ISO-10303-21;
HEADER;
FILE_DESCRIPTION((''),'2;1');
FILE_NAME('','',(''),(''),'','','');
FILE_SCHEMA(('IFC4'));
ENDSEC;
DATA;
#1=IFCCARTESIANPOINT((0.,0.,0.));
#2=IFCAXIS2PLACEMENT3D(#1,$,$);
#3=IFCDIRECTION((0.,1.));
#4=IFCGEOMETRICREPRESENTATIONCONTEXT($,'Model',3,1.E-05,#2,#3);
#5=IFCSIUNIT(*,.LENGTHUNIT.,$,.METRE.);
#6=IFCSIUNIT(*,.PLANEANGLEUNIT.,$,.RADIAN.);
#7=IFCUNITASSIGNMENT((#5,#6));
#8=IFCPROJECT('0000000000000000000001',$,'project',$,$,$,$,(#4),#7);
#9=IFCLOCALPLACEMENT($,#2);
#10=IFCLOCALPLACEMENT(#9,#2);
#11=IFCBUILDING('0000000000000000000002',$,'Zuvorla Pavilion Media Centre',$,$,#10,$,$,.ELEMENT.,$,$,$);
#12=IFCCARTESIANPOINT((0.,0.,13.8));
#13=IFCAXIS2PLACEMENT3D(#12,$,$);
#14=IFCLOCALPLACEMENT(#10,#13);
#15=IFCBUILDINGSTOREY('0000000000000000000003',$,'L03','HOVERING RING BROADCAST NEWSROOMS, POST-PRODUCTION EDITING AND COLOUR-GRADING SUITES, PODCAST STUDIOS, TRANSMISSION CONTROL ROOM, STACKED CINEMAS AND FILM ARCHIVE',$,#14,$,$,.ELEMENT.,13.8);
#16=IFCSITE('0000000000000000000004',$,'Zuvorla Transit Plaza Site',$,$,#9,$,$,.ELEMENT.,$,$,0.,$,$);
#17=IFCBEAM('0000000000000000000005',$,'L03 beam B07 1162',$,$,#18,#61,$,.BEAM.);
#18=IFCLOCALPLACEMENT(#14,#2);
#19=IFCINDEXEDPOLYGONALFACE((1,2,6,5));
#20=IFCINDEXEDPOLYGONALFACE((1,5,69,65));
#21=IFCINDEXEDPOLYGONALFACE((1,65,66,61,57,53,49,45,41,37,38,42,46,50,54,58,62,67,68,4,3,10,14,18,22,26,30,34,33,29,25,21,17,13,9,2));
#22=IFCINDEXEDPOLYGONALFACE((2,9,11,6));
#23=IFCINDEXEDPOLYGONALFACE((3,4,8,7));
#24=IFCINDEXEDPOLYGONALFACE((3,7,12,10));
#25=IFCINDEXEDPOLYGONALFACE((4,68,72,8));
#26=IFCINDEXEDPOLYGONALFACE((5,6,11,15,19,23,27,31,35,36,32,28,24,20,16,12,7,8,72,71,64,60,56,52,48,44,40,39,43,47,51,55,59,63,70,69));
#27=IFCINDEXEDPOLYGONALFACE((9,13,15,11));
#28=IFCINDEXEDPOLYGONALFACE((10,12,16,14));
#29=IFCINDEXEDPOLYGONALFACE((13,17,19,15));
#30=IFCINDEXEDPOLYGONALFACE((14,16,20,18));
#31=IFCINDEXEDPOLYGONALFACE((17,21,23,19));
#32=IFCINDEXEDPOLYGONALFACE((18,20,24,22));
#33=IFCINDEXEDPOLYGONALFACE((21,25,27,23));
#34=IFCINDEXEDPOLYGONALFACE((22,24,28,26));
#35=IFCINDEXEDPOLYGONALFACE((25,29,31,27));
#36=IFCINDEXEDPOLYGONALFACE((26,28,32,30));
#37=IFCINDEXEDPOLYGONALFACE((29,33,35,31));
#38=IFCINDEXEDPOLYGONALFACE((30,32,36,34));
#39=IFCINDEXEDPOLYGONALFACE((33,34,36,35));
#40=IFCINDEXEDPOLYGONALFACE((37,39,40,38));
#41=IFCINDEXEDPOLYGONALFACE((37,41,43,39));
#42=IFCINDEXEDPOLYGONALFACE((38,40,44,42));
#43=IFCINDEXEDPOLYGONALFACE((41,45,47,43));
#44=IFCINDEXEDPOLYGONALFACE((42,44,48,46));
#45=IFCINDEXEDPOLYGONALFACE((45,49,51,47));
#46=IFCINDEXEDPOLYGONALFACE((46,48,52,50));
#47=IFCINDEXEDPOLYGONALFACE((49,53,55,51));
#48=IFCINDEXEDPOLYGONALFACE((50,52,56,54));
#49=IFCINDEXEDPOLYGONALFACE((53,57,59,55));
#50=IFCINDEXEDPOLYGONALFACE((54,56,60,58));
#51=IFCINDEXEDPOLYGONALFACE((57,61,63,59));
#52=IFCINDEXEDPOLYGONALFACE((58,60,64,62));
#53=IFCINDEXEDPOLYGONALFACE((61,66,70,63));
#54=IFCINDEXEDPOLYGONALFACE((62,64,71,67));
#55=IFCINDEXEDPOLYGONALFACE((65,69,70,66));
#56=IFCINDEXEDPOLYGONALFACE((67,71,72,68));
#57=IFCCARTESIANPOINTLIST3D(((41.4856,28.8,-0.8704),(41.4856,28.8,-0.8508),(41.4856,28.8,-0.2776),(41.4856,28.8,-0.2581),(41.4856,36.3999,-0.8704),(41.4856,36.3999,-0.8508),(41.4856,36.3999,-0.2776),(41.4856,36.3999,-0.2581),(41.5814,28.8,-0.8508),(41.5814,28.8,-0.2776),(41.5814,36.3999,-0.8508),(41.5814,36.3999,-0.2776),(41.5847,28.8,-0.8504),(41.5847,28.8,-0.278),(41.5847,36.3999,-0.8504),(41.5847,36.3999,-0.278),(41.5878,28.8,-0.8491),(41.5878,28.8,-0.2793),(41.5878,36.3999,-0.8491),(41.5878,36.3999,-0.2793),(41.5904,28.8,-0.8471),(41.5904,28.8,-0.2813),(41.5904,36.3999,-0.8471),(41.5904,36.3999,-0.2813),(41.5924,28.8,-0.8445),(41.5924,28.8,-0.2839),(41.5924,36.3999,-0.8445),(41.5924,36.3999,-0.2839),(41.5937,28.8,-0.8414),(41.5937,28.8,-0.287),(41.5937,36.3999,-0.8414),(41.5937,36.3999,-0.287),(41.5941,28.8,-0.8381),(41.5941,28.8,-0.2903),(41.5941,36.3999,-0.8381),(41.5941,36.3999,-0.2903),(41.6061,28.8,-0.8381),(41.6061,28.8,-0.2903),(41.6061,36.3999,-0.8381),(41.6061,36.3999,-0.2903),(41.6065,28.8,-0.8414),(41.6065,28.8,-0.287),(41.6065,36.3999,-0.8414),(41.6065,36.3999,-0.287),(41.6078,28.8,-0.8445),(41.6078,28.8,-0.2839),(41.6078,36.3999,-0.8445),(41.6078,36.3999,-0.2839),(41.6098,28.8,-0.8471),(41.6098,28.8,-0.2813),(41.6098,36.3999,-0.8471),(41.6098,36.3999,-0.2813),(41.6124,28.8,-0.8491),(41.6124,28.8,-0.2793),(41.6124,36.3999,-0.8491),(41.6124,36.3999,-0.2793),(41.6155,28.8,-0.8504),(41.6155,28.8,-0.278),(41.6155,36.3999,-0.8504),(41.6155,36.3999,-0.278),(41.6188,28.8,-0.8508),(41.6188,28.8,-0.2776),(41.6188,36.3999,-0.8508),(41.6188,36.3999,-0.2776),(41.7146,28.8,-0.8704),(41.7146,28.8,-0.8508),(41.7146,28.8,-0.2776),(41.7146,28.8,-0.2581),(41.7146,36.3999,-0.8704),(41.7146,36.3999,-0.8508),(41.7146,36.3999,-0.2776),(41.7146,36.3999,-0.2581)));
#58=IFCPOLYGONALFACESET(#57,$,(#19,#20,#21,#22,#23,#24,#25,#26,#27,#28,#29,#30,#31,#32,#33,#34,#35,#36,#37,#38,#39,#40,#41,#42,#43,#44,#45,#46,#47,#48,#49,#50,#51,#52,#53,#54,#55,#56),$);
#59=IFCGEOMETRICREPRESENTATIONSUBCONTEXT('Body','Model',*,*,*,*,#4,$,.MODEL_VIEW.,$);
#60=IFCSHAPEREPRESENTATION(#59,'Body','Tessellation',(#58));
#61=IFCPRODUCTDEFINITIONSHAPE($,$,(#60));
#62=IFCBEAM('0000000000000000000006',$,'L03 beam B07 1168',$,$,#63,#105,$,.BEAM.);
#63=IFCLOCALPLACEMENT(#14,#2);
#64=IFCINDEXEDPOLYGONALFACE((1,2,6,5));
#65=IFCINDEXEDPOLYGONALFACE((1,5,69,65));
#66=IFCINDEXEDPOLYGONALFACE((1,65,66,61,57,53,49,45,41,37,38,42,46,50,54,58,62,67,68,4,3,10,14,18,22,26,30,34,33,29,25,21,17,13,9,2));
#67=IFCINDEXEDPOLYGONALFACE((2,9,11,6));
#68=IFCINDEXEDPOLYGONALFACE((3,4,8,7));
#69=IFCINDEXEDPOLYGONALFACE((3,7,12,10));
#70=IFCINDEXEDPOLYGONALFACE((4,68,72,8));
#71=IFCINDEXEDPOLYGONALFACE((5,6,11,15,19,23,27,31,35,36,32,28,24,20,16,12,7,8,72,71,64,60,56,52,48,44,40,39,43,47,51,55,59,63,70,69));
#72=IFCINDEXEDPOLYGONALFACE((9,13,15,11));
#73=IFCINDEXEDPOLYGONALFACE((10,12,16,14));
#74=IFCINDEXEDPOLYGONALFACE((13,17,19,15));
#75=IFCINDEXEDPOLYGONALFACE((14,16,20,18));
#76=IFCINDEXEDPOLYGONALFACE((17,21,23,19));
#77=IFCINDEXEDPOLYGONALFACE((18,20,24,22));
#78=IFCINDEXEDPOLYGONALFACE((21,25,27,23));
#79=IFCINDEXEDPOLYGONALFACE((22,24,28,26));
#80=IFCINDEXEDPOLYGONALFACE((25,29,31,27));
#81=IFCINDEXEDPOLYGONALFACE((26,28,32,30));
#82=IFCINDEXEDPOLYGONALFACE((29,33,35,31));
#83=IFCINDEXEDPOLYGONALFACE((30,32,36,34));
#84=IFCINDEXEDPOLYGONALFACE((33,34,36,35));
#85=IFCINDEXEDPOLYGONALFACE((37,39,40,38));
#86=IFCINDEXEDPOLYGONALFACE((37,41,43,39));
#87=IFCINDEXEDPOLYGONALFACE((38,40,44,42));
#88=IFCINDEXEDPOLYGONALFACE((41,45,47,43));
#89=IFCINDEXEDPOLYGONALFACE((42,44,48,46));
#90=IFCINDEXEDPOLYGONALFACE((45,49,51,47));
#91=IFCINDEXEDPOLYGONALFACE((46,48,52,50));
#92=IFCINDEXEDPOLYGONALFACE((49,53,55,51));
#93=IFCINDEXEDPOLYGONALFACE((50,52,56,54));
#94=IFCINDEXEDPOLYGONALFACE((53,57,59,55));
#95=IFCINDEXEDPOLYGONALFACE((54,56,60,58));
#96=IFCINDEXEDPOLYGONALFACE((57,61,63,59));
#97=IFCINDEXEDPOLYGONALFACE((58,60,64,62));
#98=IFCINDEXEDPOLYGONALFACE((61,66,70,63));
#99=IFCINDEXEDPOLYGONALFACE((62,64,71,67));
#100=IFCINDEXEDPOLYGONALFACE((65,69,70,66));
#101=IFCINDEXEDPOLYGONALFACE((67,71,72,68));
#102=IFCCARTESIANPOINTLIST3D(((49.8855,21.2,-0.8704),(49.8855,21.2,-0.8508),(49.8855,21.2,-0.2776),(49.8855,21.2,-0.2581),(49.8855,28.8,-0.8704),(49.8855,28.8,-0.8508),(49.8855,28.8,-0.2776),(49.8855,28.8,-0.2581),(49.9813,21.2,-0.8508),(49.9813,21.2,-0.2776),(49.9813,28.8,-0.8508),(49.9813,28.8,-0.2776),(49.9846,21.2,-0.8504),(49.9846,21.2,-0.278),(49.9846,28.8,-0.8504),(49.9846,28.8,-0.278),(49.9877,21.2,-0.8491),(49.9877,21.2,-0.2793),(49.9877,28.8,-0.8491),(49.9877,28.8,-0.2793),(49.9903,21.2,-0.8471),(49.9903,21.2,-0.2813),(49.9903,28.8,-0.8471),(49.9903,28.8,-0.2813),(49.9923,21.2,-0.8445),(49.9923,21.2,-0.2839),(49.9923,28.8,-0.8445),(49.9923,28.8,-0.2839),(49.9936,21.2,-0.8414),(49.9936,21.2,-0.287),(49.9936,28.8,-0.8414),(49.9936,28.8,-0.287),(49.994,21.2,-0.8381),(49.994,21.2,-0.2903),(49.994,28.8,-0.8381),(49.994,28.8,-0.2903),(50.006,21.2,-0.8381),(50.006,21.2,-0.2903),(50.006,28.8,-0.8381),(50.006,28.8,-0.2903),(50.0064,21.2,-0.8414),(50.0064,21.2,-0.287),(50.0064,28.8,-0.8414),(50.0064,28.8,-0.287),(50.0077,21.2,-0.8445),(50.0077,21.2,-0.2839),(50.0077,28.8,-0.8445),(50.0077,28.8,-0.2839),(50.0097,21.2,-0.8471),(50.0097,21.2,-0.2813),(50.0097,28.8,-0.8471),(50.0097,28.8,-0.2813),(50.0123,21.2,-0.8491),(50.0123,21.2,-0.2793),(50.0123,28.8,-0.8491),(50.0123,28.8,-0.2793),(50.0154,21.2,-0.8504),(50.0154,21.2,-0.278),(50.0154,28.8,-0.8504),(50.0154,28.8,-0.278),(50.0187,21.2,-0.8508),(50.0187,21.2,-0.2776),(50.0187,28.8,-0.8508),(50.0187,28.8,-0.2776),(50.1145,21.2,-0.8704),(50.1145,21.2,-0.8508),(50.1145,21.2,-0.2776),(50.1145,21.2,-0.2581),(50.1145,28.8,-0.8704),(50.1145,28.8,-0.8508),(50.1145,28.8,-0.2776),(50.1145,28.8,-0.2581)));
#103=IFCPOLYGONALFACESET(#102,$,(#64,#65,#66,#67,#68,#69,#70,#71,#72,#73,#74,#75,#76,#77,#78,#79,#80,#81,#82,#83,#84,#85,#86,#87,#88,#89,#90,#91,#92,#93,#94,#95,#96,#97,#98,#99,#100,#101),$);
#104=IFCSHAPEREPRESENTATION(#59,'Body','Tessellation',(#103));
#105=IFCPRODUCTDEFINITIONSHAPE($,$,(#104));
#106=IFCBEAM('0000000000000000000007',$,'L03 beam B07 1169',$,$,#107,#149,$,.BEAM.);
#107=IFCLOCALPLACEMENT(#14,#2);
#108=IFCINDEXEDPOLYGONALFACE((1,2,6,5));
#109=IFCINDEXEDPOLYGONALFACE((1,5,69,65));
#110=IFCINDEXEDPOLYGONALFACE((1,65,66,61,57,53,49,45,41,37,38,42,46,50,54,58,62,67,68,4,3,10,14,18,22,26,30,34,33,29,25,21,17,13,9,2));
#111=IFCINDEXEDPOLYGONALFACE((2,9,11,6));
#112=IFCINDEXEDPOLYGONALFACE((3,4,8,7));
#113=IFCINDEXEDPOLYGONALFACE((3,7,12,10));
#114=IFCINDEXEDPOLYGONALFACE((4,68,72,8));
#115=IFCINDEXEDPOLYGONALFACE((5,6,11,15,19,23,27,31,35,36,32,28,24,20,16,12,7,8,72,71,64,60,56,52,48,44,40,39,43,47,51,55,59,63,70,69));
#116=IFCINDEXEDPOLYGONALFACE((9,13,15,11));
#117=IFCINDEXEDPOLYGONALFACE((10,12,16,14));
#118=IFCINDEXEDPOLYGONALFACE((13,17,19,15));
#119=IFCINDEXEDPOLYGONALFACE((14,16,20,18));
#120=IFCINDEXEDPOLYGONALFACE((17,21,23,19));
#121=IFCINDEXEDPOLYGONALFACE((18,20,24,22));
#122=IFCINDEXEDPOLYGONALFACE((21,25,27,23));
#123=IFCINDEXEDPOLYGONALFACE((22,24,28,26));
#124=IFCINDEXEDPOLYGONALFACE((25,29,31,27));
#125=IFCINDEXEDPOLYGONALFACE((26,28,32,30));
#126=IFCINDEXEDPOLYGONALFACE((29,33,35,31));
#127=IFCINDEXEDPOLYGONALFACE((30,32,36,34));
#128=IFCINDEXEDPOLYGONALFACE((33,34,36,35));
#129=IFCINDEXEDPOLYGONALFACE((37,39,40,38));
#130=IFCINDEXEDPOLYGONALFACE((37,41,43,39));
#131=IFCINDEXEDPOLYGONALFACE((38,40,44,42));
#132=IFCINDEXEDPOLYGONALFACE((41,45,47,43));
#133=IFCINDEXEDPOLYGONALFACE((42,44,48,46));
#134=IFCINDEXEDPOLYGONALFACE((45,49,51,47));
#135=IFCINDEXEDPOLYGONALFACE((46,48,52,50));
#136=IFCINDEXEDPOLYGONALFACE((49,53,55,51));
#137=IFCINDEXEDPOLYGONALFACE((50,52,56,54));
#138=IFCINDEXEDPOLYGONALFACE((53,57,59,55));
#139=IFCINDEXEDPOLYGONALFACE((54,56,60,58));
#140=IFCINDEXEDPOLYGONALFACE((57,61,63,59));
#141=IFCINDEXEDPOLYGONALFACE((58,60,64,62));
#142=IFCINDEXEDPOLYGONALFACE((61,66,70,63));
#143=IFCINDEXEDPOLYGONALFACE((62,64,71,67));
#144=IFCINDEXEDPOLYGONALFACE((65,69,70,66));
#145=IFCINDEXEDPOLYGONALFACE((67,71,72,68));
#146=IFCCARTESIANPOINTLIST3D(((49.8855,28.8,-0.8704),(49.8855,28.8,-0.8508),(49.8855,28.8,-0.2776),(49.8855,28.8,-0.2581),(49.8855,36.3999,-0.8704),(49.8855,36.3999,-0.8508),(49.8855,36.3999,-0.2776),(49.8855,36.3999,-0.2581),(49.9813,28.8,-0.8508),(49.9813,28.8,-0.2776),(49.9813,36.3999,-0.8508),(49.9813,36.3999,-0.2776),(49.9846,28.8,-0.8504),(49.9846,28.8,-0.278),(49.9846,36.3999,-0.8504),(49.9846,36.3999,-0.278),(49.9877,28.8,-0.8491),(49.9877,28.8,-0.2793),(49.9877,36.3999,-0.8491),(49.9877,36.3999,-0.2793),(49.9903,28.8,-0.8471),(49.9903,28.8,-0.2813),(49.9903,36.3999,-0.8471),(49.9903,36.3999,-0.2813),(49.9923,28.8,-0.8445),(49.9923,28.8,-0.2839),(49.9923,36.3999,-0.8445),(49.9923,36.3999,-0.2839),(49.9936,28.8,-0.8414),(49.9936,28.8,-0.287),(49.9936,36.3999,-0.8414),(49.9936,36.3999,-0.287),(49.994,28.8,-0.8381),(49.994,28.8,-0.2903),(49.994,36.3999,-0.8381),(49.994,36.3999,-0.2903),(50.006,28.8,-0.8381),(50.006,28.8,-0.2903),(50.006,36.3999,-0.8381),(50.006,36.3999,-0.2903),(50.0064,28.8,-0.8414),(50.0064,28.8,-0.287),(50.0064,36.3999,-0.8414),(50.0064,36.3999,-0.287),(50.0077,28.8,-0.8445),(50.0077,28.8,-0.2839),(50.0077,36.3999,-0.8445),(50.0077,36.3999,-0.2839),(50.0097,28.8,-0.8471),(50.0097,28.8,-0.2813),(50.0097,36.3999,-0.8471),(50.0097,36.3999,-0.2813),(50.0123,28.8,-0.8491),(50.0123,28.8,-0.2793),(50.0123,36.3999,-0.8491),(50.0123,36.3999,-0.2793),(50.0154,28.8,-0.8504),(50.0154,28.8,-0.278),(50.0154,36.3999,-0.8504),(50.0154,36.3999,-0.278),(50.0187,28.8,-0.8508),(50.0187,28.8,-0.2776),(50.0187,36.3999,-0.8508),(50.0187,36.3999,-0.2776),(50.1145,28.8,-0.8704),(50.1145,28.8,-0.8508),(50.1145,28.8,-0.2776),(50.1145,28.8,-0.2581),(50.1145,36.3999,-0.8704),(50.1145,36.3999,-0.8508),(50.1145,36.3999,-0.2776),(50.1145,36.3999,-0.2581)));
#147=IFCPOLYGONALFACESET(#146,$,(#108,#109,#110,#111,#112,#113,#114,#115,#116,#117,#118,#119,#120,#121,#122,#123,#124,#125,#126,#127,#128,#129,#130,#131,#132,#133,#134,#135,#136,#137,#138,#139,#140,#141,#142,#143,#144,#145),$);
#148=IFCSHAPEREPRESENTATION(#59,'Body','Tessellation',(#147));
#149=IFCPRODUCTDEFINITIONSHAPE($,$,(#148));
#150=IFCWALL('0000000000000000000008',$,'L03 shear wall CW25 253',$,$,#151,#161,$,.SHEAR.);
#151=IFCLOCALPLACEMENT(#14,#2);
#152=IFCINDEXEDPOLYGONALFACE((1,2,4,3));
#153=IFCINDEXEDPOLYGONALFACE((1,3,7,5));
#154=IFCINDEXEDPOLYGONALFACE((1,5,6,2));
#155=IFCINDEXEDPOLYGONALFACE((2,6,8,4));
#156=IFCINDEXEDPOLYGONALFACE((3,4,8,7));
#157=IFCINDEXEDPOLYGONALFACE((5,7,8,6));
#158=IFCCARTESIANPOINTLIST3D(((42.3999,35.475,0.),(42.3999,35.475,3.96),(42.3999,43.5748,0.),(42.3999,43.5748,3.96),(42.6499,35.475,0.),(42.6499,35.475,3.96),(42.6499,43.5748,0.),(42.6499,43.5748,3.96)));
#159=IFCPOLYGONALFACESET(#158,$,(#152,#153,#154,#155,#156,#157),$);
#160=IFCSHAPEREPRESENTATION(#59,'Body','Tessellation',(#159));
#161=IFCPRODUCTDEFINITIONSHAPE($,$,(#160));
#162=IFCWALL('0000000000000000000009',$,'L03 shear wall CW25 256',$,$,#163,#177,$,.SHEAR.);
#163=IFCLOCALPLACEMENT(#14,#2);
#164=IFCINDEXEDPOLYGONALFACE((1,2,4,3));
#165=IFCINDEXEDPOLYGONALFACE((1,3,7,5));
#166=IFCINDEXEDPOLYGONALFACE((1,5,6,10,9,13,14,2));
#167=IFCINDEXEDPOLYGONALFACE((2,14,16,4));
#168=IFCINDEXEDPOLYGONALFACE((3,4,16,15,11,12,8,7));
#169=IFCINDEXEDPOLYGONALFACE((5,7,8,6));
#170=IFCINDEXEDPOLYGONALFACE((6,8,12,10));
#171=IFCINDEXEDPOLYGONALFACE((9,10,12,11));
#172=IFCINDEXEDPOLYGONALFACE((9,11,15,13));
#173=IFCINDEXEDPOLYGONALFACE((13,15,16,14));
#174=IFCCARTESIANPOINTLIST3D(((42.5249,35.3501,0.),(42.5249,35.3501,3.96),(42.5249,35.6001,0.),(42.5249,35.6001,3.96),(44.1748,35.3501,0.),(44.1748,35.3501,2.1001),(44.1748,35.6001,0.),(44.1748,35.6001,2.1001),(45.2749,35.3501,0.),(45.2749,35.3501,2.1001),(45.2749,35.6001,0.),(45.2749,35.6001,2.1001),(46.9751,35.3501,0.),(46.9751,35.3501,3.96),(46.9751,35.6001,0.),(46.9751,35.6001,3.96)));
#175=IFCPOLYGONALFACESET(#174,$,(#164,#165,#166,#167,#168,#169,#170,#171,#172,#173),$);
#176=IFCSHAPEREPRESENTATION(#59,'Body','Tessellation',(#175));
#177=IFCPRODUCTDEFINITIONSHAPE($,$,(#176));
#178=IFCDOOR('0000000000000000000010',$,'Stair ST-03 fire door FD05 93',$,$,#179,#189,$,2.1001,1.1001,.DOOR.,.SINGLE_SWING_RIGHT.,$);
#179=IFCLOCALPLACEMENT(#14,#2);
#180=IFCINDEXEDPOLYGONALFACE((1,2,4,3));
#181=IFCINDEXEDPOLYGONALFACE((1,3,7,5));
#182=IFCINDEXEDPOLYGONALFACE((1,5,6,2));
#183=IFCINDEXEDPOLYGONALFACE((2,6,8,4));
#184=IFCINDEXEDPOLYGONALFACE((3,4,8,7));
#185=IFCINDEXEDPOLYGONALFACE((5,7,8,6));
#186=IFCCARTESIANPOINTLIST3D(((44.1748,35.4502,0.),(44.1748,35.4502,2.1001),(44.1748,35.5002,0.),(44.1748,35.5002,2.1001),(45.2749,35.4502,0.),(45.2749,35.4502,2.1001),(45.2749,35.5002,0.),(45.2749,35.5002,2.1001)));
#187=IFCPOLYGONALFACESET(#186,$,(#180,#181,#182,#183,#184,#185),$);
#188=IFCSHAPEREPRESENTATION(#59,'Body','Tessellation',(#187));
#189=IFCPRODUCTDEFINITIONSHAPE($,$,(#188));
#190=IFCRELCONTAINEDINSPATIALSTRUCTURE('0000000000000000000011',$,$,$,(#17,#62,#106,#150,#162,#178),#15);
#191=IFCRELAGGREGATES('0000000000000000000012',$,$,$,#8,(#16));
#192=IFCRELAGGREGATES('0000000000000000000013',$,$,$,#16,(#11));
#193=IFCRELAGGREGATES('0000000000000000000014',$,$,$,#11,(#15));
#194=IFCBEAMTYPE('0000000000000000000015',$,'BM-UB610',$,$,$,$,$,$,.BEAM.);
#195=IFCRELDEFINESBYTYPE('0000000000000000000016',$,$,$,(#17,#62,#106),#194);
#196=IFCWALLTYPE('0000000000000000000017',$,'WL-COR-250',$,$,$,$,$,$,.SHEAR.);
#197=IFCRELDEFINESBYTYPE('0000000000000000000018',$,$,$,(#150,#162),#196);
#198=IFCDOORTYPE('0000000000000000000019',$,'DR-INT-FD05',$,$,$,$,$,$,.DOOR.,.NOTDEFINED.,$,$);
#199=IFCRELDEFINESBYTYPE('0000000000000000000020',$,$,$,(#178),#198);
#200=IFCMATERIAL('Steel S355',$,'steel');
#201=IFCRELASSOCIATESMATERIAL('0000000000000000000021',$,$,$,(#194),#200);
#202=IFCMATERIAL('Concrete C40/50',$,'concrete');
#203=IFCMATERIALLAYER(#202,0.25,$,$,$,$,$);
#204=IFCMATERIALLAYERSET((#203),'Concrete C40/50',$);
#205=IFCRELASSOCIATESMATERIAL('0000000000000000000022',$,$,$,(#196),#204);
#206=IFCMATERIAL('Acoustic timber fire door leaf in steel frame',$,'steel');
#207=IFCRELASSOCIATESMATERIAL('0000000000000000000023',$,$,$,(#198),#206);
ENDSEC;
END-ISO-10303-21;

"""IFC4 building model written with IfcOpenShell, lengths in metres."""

from ifc_helpers import new_model, si_unit, direction, frame, frame_2d, origin, origin_2d, place, context, subcontext, project, spatial, rectangle, i_section, extrude, material, layer, layer_set, material_profile, profile_set, type_object, element, fill, save


model = new_model("IFC4")

# Units and contexts
model_context = context("Model", 3, precision=1e-05, world=origin(), true_north=direction((0.0, 1.0)))
body_context = subcontext(model_context, "Body", "Model", "MODEL_VIEW")
ifc_project = project(units=[si_unit("LENGTHUNIT", "METRE"), si_unit("PLANEANGLEUNIT", "RADIAN")], contexts=[model_context])

# Site, building, storey
site_placement = place(None, origin())
site = spatial("IfcSite", under=ifc_project, at=site_placement, Name="Zuvorla Transit Plaza Site", CompositionType="ELEMENT", RefElevation=0.0)
building_placement = place(site_placement, origin())
building = spatial("IfcBuilding", under=site, at=building_placement, Name="Zuvorla Pavilion Media Centre", CompositionType="ELEMENT")
storey_placement = place(building_placement, frame((0.0, 0.0, 13.8)))
storey = spatial("IfcBuildingStorey", under=building, at=storey_placement, Name="L03", Description="HOVERING RING BROADCAST NEWSROOMS, POST-PRODUCTION EDITING AND COLOUR-GRADING SUITES, PODCAST STUDIOS, TRANSMISSION CONTROL ROOM, STACKED CINEMAS AND FILM ARCHIVE", CompositionType="ELEMENT", Elevation=13.8)

# Shared definitions
ifc_material_1 = material(Name="Concrete C40/50", Category="concrete")

# Beams
ifc_material_2 = material(Name="Steel S355", Category="steel")
ifc_material_profile_1 = material_profile(ifc_material_2, i_section(OverallWidth=0.229, OverallDepth=0.6123, WebThickness=0.012, FlangeThickness=0.0195, FilletRadius=0.0127, at=origin_2d()), Name="UB 610x229x125")
ifc_profile_set_1 = profile_set([ifc_material_profile_1], Name="Steel S355")
beam_type_1 = type_object("IfcBeamType", Name="BM-UB610", PredefinedType="BEAM", material=ifc_profile_set_1)
beam_1_placement = place(storey_placement, frame((41.6001, 28.8, -0.5642), z_axis=(0.0, 1.0, 0.0), x_axis=(-1.0, 0.0, 0.0)))
element("IfcBeam", 1, at=beam_1_placement, inside=storey, type_object=beam_type_1, Name="L03 beam B07 1162", PredefinedType="BEAM", context=body_context, shape_type="SweptSolid", body=[
    extrude(i_section(OverallWidth=0.229, OverallDepth=0.6123, WebThickness=0.012, FlangeThickness=0.0195, FilletRadius=0.0127, at=origin_2d()), origin(), (0.0, 0.0, 1.0), 7.5999),
])
beam_2_placement = place(storey_placement, frame((50.0, 21.2, -0.5642), z_axis=(0.0, 1.0, 0.0), x_axis=(-1.0, 0.0, 0.0)))
element("IfcBeam", 2, at=beam_2_placement, inside=storey, type_object=beam_type_1, Name="L03 beam B07 1168", PredefinedType="BEAM", context=body_context, shape_type="SweptSolid", body=[
    extrude(i_section(OverallWidth=0.229, OverallDepth=0.6123, WebThickness=0.012, FlangeThickness=0.0195, FilletRadius=0.0127, at=origin_2d()), origin(), (0.0, 0.0, 1.0), 7.6001),
])
beam_3_placement = place(storey_placement, frame((50.0, 28.8, -0.5642), z_axis=(0.0, 1.0, 0.0), x_axis=(-1.0, 0.0, 0.0)))
element("IfcBeam", 3, at=beam_3_placement, inside=storey, type_object=beam_type_1, Name="L03 beam B07 1169", PredefinedType="BEAM", context=body_context, shape_type="SweptSolid", body=[
    extrude(i_section(OverallWidth=0.229, OverallDepth=0.6123, WebThickness=0.012, FlangeThickness=0.0195, FilletRadius=0.0127, at=origin_2d()), origin(), (0.0, 0.0, 1.0), 7.5999),
])

# Wall
ifc_layer_1 = layer(ifc_material_1, 0.25)
ifc_layer_set_1 = layer_set([ifc_layer_1], Name="Concrete C40/50")
wall_type_1 = type_object("IfcWallType", Name="WL-COR-250", PredefinedType="SHEAR", material=ifc_layer_set_1)
wall_1_placement = place(storey_placement, frame((42.5249, 35.4751, 0.0), z_axis=(0.0, 0.0, 1.0), x_axis=(0.0, 1.0, 0.0)))
element("IfcWall", 4, at=wall_1_placement, inside=storey, type_object=wall_type_1, Name="L03 shear wall CW25 253", PredefinedType="SHEAR", context=body_context, shape_type="SweptSolid", body=[
    extrude(rectangle(XDim=8.0999, YDim=0.25, at=frame_2d((4.0498, 0.0))), origin(), (0.0, 0.0, 1.0), 3.96),
])

# Wall, opening, door
wall_2_placement = place(storey_placement, frame((42.5249, 35.4751, 0.0), z_axis=(0.0, 0.0, 1.0), x_axis=(1.0, 0.0, 0.0)))
wall_2 = element("IfcWall", 5, at=wall_2_placement, inside=storey, type_object=wall_type_1, Name="L03 shear wall CW25 256", PredefinedType="SHEAR", context=body_context, shape_type="SweptSolid", body=[
    extrude(rectangle(XDim=4.4502, YDim=0.25, at=frame_2d((2.2251, 0.0))), origin(), (0.0, 0.0, 1.0), 3.96),
])
opening_1_placement = place(wall_2_placement, frame((1.6499, 0.0, 0.0)))
opening_1 = element("IfcOpeningElement", 6, at=opening_1_placement, cuts=wall_2, PredefinedType="OPENING", context=body_context, shape_type="SweptSolid", body=[
    extrude(rectangle(XDim=1.1001, YDim=2.1001, at=frame_2d((0.55, 1.05))), frame((0.0, 0.135, 0.0), z_axis=(0.0, -1.0, 0.0), x_axis=(1.0, 0.0, 0.0)), (0.0, 0.0, 1.0), 0.27),
])
ifc_material_3 = material(Name="Acoustic timber fire door leaf in steel frame", Category="steel")
door_type_1 = type_object("IfcDoorType", Name="DR-INT-FD05", OperationType="NOTDEFINED", PredefinedType="DOOR", material=ifc_material_3)
door_1_placement = place(opening_1_placement, frame((1.1001, 0.0, 0.0), z_axis=(0.0, 0.0, 1.0), x_axis=(-1.0, 0.0, 0.0)))
door_1 = element("IfcDoor", 7, at=door_1_placement, inside=storey, type_object=door_type_1, Name="Stair ST-03 fire door FD05 93", OperationType="SINGLE_SWING_RIGHT", OverallHeight=2.1001, OverallWidth=1.1001, PredefinedType="DOOR", context=body_context, shape_type="SweptSolid", body=[
    extrude(rectangle(XDim=1.1001, YDim=2.1001, at=frame_2d((0.55, 1.05))), frame((0.0, 0.0249, 0.0), z_axis=(0.0, -1.0, 0.0), x_axis=(1.0, 0.0, 0.0)), (0.0, 0.0, 1.0), 0.05),
])
fill(opening_1, door_1)

save(model, "model.ifc")
